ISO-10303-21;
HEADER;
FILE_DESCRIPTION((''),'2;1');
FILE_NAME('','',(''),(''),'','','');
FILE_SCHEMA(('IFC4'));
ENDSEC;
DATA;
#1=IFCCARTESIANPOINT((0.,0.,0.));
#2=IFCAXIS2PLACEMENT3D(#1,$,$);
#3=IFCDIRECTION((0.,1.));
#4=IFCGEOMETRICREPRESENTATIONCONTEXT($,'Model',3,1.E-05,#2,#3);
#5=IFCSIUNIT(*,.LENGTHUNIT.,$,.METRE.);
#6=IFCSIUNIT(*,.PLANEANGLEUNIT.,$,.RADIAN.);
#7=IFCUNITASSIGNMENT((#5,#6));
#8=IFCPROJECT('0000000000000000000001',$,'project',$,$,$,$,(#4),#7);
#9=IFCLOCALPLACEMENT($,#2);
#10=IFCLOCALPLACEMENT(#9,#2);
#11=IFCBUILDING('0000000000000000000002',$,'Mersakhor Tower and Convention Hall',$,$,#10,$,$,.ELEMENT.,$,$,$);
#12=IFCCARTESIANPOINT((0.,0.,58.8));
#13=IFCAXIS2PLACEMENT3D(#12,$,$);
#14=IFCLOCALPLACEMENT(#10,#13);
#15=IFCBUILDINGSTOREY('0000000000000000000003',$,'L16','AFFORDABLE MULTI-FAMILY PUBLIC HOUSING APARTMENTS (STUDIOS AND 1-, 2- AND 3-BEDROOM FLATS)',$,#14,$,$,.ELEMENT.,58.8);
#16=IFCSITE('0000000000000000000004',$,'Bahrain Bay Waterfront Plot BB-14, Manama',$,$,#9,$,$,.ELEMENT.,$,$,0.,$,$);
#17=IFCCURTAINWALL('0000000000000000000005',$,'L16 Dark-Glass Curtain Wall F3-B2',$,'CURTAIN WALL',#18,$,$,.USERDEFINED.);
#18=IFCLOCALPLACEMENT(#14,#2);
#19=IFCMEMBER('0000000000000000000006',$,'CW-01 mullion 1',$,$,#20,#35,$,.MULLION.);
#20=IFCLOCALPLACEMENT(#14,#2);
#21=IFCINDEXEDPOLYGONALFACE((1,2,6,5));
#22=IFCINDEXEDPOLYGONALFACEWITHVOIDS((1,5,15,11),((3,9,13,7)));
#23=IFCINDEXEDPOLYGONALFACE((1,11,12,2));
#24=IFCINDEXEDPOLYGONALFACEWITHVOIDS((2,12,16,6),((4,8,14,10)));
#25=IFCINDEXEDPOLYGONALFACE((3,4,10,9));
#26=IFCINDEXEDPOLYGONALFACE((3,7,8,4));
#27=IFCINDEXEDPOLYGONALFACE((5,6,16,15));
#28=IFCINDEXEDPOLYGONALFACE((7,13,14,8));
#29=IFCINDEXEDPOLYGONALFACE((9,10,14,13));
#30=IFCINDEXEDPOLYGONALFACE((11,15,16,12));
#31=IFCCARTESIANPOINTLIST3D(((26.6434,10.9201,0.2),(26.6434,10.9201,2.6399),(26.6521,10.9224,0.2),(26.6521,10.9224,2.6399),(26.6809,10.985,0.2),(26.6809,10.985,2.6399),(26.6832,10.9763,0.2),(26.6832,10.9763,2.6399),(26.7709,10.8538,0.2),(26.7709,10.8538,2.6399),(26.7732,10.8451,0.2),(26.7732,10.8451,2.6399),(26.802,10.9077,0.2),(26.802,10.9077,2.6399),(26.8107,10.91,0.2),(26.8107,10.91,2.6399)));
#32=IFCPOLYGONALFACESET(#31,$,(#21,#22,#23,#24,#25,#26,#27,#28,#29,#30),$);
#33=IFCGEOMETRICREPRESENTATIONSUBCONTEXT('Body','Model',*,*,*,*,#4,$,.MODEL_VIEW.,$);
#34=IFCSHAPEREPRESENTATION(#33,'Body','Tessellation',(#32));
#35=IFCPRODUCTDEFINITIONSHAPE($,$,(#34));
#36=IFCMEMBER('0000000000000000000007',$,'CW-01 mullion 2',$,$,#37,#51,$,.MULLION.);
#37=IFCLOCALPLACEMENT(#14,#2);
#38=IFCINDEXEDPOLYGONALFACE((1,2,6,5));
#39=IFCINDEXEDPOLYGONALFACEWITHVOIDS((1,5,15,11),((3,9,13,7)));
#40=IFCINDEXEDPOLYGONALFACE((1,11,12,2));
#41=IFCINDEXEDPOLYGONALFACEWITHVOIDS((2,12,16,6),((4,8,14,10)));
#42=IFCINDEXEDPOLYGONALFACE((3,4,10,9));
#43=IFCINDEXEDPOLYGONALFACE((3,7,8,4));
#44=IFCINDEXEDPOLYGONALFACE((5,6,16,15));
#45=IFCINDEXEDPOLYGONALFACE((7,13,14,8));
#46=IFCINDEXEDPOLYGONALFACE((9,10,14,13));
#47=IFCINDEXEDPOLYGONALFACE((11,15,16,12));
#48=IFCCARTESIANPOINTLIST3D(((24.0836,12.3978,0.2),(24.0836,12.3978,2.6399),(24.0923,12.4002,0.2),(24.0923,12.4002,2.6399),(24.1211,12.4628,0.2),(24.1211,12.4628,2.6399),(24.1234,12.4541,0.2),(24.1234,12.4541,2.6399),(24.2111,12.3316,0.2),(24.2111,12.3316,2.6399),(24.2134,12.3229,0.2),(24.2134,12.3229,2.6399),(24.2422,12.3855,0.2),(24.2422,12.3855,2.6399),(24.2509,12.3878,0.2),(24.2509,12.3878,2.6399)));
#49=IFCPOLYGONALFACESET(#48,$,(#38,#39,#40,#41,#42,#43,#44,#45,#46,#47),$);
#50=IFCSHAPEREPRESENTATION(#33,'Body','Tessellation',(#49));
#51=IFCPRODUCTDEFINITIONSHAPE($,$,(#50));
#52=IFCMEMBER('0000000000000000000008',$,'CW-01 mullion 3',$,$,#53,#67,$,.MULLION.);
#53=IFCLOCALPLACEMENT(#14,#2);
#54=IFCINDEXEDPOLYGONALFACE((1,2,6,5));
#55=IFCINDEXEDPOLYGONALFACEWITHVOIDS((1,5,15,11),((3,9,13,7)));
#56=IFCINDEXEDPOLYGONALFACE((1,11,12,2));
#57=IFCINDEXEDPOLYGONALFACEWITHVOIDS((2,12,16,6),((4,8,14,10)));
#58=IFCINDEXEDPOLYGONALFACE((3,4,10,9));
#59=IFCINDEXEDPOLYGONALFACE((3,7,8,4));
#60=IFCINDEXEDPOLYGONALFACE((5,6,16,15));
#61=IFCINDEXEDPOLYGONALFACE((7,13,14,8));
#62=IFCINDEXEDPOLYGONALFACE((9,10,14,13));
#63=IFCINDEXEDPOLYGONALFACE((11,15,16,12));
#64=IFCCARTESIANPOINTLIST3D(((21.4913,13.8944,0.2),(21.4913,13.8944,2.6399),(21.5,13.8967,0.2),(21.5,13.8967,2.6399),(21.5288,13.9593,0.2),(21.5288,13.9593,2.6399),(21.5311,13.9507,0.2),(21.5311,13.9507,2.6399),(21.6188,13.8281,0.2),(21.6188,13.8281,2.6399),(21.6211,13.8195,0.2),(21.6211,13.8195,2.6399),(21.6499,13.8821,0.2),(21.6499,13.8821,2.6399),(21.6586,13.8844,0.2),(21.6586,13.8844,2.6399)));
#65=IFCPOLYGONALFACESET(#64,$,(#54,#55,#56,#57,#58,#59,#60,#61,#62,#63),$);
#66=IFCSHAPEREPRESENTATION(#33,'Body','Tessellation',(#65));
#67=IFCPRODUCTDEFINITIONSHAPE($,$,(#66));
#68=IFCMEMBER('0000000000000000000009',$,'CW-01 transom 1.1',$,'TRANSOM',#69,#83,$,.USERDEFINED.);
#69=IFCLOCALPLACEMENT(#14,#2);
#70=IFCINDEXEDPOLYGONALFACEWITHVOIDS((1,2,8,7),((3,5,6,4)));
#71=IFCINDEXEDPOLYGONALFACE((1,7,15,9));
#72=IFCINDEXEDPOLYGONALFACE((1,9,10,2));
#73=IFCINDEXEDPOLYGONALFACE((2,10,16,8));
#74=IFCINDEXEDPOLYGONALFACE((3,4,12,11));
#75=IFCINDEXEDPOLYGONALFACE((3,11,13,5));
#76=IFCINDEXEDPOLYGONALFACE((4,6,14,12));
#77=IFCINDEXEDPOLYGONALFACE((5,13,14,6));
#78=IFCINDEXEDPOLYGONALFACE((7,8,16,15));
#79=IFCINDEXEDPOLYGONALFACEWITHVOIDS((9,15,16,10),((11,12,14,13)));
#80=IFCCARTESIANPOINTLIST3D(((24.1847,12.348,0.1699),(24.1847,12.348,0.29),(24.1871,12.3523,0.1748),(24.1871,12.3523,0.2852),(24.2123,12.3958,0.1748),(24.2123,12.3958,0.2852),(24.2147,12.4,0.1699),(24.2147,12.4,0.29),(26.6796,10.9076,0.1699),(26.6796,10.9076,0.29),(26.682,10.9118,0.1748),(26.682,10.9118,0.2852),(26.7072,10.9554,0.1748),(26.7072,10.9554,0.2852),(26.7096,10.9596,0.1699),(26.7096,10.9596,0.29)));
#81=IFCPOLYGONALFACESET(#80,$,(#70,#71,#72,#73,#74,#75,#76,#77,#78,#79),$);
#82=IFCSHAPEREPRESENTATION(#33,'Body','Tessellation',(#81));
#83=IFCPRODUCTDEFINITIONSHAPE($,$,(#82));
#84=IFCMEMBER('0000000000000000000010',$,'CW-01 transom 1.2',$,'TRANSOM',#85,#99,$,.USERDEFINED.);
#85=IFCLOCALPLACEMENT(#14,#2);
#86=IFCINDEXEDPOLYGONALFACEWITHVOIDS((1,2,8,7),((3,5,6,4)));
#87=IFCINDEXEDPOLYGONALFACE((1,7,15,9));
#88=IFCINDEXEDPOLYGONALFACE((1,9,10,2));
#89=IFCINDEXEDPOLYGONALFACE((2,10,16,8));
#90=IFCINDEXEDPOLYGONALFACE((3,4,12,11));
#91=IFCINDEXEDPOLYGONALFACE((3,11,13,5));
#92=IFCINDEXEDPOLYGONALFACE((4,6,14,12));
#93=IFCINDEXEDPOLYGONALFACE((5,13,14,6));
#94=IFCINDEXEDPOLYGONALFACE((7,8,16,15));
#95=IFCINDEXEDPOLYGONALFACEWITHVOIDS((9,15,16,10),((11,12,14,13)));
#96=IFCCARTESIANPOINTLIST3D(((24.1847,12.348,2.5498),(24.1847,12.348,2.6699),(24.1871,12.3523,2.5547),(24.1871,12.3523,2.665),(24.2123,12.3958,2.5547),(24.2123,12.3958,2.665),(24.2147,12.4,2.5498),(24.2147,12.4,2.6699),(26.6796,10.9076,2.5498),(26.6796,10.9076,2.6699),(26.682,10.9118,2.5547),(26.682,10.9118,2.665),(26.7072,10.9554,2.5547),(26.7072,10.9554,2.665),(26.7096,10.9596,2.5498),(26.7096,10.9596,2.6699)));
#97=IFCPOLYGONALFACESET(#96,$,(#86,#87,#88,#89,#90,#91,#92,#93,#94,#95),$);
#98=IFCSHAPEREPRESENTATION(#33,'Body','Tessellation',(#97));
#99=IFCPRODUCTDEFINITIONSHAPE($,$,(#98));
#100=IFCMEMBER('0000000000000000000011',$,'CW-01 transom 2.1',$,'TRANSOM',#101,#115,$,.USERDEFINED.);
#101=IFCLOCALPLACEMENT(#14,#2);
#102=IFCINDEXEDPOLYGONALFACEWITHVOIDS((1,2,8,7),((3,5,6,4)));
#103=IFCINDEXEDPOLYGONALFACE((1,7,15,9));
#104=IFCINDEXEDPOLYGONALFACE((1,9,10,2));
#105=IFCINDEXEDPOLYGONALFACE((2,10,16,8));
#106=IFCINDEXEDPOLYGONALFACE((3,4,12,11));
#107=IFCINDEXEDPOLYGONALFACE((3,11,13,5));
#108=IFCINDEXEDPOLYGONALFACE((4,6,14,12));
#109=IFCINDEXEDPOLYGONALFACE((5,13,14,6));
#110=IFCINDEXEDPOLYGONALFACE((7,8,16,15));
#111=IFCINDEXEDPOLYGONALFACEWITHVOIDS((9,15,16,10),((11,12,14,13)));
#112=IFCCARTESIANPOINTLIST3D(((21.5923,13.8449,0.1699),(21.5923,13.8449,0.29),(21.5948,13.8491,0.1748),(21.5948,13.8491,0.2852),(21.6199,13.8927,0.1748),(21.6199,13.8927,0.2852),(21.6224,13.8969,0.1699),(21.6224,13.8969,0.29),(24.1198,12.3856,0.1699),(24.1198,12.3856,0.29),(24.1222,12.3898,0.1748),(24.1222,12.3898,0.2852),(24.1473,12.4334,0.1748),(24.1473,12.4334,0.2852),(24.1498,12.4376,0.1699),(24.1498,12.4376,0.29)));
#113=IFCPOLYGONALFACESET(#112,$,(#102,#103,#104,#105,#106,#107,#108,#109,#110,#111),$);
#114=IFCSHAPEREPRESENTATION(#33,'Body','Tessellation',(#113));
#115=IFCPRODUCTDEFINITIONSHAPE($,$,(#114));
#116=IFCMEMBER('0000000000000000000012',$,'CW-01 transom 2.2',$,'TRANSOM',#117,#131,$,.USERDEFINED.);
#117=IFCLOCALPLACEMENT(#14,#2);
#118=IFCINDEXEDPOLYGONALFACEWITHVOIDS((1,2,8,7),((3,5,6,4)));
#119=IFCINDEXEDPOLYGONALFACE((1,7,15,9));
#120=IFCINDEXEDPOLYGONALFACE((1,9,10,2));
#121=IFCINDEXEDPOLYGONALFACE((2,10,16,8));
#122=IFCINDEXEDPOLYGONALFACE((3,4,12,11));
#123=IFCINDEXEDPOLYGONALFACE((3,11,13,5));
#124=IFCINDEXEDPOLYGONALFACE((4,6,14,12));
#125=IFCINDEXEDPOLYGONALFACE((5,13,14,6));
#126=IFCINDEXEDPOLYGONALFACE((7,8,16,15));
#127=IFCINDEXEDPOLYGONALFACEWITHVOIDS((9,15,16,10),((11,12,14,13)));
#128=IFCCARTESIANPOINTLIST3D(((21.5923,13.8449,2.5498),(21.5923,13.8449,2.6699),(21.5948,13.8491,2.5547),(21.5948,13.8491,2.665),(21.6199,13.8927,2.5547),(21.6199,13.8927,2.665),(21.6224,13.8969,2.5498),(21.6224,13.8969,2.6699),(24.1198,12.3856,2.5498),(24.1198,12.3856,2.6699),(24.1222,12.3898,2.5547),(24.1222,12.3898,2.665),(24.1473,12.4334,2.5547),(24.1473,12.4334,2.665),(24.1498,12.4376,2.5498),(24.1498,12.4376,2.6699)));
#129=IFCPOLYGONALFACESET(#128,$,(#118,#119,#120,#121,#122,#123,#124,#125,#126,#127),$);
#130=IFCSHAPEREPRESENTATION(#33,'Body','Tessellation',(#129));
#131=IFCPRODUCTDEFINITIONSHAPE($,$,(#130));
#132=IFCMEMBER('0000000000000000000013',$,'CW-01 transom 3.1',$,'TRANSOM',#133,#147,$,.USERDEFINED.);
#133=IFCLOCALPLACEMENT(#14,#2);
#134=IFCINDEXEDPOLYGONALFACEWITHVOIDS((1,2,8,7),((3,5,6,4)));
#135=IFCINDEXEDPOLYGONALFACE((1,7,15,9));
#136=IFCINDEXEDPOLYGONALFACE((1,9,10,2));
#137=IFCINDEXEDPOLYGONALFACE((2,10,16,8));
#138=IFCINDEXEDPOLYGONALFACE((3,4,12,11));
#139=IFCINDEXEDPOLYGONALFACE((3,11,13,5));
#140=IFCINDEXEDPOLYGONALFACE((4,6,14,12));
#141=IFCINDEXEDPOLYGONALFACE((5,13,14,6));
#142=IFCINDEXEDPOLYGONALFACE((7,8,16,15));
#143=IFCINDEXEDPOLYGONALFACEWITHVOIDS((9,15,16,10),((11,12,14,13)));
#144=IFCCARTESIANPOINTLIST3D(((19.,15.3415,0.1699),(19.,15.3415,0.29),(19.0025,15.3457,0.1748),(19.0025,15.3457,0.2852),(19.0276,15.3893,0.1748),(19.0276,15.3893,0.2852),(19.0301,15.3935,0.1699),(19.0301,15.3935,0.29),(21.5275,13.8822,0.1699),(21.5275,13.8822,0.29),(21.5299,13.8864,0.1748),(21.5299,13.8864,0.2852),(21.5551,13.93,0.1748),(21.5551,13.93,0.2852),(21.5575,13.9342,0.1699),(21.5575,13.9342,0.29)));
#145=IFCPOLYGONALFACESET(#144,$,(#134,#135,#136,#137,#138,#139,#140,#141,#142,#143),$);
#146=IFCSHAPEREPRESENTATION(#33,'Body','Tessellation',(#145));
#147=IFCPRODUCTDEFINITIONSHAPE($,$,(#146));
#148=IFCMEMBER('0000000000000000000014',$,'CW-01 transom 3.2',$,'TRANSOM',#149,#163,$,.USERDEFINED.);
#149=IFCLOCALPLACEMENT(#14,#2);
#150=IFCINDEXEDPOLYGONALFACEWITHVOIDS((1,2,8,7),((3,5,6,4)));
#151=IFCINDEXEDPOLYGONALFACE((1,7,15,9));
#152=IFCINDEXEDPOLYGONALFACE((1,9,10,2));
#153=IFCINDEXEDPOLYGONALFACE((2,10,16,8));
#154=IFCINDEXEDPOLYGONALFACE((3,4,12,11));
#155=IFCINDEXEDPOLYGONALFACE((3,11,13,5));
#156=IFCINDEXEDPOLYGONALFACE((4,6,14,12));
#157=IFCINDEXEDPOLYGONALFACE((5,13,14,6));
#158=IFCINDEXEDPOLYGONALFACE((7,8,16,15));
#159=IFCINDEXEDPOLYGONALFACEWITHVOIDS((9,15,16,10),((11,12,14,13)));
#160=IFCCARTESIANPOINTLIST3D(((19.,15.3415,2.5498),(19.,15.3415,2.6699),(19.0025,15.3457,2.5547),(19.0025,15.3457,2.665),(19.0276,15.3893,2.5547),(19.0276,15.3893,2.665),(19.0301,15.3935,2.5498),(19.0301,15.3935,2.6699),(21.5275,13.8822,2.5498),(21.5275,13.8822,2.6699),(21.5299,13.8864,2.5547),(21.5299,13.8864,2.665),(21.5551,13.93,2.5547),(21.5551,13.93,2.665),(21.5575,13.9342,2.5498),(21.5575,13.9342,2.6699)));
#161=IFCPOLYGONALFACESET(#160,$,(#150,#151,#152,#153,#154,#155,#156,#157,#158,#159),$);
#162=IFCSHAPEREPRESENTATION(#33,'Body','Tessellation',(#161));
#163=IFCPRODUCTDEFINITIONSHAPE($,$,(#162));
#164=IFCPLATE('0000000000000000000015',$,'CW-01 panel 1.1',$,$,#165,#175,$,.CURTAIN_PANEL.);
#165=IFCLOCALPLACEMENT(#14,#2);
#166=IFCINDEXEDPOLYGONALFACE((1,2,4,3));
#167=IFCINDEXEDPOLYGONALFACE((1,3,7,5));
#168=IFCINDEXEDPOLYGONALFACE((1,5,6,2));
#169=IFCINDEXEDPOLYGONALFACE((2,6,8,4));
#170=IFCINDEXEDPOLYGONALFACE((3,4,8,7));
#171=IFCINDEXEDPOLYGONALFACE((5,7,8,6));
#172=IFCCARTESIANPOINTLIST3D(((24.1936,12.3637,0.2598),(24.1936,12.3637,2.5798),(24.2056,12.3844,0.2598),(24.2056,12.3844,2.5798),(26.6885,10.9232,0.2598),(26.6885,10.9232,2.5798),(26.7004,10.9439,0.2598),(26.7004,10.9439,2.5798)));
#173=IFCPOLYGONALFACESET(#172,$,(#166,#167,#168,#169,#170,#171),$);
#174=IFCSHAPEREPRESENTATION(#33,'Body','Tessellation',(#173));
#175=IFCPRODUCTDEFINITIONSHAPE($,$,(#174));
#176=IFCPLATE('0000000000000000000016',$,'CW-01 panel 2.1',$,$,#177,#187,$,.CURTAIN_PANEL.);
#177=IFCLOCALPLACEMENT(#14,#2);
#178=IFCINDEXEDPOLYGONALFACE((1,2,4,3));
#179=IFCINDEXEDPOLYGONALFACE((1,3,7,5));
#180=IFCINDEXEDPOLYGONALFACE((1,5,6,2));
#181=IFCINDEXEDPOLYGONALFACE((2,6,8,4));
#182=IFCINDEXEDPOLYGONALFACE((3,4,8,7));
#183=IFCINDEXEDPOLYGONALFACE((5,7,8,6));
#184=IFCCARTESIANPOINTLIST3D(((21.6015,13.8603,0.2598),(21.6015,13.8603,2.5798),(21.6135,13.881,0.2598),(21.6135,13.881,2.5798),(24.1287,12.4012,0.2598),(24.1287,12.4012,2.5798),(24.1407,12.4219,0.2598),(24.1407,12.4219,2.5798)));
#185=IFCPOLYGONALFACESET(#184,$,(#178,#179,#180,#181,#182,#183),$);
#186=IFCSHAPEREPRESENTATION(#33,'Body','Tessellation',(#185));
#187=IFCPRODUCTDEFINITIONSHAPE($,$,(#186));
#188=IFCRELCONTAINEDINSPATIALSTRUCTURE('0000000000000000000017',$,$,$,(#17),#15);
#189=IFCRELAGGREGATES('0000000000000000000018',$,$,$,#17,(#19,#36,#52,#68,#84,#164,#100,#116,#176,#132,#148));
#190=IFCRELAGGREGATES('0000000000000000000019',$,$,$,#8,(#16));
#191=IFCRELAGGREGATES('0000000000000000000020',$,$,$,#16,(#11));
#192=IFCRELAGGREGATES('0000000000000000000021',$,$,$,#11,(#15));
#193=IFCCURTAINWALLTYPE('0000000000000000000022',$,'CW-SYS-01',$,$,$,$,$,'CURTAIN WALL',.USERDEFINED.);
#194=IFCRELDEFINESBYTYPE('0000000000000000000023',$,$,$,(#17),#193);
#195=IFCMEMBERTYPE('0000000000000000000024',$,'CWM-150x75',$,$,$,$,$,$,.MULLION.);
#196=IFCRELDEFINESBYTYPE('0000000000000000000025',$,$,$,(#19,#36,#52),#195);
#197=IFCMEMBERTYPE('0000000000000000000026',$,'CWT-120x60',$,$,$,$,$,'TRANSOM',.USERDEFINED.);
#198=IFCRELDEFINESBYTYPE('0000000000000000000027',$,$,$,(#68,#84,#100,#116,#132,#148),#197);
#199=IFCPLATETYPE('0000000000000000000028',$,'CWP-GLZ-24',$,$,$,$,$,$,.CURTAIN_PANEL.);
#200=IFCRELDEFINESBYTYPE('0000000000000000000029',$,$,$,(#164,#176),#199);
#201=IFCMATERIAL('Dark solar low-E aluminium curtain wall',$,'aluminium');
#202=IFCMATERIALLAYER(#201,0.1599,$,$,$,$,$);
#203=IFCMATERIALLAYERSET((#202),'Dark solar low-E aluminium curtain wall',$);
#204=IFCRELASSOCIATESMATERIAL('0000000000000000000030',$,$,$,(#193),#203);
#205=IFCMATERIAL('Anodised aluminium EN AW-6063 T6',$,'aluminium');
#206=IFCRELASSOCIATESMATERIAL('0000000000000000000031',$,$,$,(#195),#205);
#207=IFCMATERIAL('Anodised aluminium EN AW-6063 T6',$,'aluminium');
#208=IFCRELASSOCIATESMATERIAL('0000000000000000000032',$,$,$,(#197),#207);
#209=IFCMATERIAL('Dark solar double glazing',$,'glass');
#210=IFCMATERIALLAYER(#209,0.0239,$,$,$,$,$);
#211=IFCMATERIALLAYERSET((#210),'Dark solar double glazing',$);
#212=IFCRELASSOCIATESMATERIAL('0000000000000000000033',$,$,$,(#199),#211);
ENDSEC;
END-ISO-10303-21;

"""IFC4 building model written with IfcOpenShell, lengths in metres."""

from ifc_helpers import new_model, si_unit, direction, frame, origin, origin_2d, place, context, subcontext, project, spatial, rectangle, hollow_rectangle, extrude, material, layer, layer_set, material_profile, profile_set, type_object, element, aggregate, save


model = new_model("IFC4")

# Units and contexts
model_context = context("Model", 3, precision=1e-05, world=origin(), true_north=direction((0.0, 1.0)))
body_context = subcontext(model_context, "Body", "Model", "MODEL_VIEW")
ifc_project = project(units=[si_unit("LENGTHUNIT", "METRE"), si_unit("PLANEANGLEUNIT", "RADIAN")], contexts=[model_context])

# Site, building, storey
site_placement = place(None, origin())
site = spatial("IfcSite", under=ifc_project, at=site_placement, Name="Bahrain Bay Waterfront Plot BB-14, Manama", CompositionType="ELEMENT", RefElevation=0.0)
building_placement = place(site_placement, origin())
building = spatial("IfcBuilding", under=site, at=building_placement, Name="Mersakhor Tower and Convention Hall", CompositionType="ELEMENT")
storey_placement = place(building_placement, frame((0.0, 0.0, 58.8)))
storey = spatial("IfcBuildingStorey", under=building, at=storey_placement, Name="L16", Description="AFFORDABLE MULTI-FAMILY PUBLIC HOUSING APARTMENTS (STUDIOS AND 1-, 2- AND 3-BEDROOM FLATS)", CompositionType="ELEMENT", Elevation=58.8)

# Curtain wall, members, plates
ifc_material_1 = material(Name="Dark solar low-E aluminium curtain wall", Category="aluminium")
ifc_layer_1 = layer(ifc_material_1, 0.1599)
ifc_layer_set_1 = layer_set([ifc_layer_1], Name="Dark solar low-E aluminium curtain wall")
curtain_wall_type = type_object("IfcCurtainWallType", Name="CW-SYS-01", ElementType="CURTAIN WALL", PredefinedType="USERDEFINED", material=ifc_layer_set_1)
curtain_wall_placement = place(storey_placement, origin())
curtain_wall = element("IfcCurtainWall", 1, at=curtain_wall_placement, inside=storey, type_object=curtain_wall_type, Name="L16 Dark-Glass Curtain Wall F3-B2", ObjectType="CURTAIN WALL", PredefinedType="USERDEFINED")
ifc_material_2 = material(Name="Anodised aluminium EN AW-6063 T6", Category="aluminium")
ifc_material_profile_1 = material_profile(ifc_material_2, hollow_rectangle(XDim=0.075, YDim=0.1499, WallThickness=0.0063, at=origin_2d()), Name="RHS 150x75x6.3")
ifc_profile_set_1 = profile_set([ifc_material_profile_1], Name="Anodised aluminium EN AW-6063 T6")
member_type_1 = type_object("IfcMemberType", Name="CWM-150x75", PredefinedType="MULLION", material=ifc_profile_set_1)
member_1_placement = place(storey_placement, frame((26.7271, 10.915, 0.2), z_axis=(0.0, 0.0, 1.0), x_axis=(-0.500003, -0.866023, 0.0)))
member_1 = element("IfcMember", 2, at=member_1_placement, type_object=member_type_1, Name="CW-01 mullion 1", PredefinedType="MULLION", context=body_context, shape_type="SweptSolid", body=[
    extrude(hollow_rectangle(XDim=0.075, YDim=0.1499, WallThickness=0.0063, at=origin_2d()), origin(), (0.0, 0.0, 1.0), 2.4399),
])
member_2_placement = place(storey_placement, frame((24.1672, 12.3928, 0.2), z_axis=(0.0, 0.0, 1.0), x_axis=(-0.500003, -0.866023, 0.0)))
member_2 = element("IfcMember", 3, at=member_2_placement, type_object=member_type_1, Name="CW-01 mullion 2", PredefinedType="MULLION", context=body_context, shape_type="SweptSolid", body=[
    extrude(hollow_rectangle(XDim=0.075, YDim=0.1499, WallThickness=0.0063, at=origin_2d()), origin(), (0.0, 0.0, 1.0), 2.4399),
])
member_3_placement = place(storey_placement, frame((21.575, 13.8894, 0.2), z_axis=(0.0, 0.0, 1.0), x_axis=(-0.500003, -0.866023, 0.0)))
member_3 = element("IfcMember", 4, at=member_3_placement, type_object=member_type_1, Name="CW-01 mullion 3", PredefinedType="MULLION", context=body_context, shape_type="SweptSolid", body=[
    extrude(hollow_rectangle(XDim=0.075, YDim=0.1499, WallThickness=0.0063, at=origin_2d()), origin(), (0.0, 0.0, 1.0), 2.4399),
])
ifc_material_3 = material(Name="Anodised aluminium EN AW-6063 T6", Category="aluminium")
ifc_material_profile_2 = material_profile(ifc_material_3, hollow_rectangle(XDim=0.0601, YDim=0.1201, WallThickness=0.0049, at=origin_2d()), Name="RHS 120x60x5")
ifc_profile_set_2 = profile_set([ifc_material_profile_2], Name="Anodised aluminium EN AW-6063 T6")
member_type_2 = type_object("IfcMemberType", Name="CWT-120x60", ElementType="TRANSOM", PredefinedType="USERDEFINED", material=ifc_profile_set_2)
member_4_placement = place(storey_placement, frame((26.6946, 10.9336, 0.23), z_axis=(-0.866023, 0.500004, 0.0), x_axis=(-0.500004, -0.866023, 0.0)))
member_4 = element("IfcMember", 5, at=member_4_placement, type_object=member_type_2, Name="CW-01 transom 1.1", ObjectType="TRANSOM", PredefinedType="USERDEFINED", context=body_context, shape_type="SweptSolid", body=[
    extrude(hollow_rectangle(XDim=0.0601, YDim=0.1201, WallThickness=0.0049, at=origin_2d()), origin(), (0.0, 0.0, 1.0), 2.8809),
])
member_5_placement = place(storey_placement, frame((26.6946, 10.9336, 2.6099), z_axis=(-0.866023, 0.500004, 0.0), x_axis=(-0.500004, -0.866023, 0.0)))
member_5 = element("IfcMember", 6, at=member_5_placement, type_object=member_type_2, Name="CW-01 transom 1.2", ObjectType="TRANSOM", PredefinedType="USERDEFINED", context=body_context, shape_type="SweptSolid", body=[
    extrude(hollow_rectangle(XDim=0.0601, YDim=0.1201, WallThickness=0.0049, at=origin_2d()), origin(), (0.0, 0.0, 1.0), 2.8809),
])
member_6_placement = place(storey_placement, frame((24.1348, 12.4116, 0.23), z_axis=(-0.866016, 0.500017, 0.0), x_axis=(-0.500017, -0.866016, 0.0)))
member_6 = element("IfcMember", 7, at=member_6_placement, type_object=member_type_2, Name="CW-01 transom 2.1", ObjectType="TRANSOM", PredefinedType="USERDEFINED", context=body_context, shape_type="SweptSolid", body=[
    extrude(hollow_rectangle(XDim=0.0601, YDim=0.1201, WallThickness=0.0049, at=origin_2d()), origin(), (0.0, 0.0, 1.0), 2.9185),
])
member_7_placement = place(storey_placement, frame((24.1348, 12.4116, 2.6099), z_axis=(-0.866016, 0.500017, 0.0), x_axis=(-0.500017, -0.866016, 0.0)))
member_7 = element("IfcMember", 8, at=member_7_placement, type_object=member_type_2, Name="CW-01 transom 2.2", ObjectType="TRANSOM", PredefinedType="USERDEFINED", context=body_context, shape_type="SweptSolid", body=[
    extrude(hollow_rectangle(XDim=0.0601, YDim=0.1201, WallThickness=0.0049, at=origin_2d()), origin(), (0.0, 0.0, 1.0), 2.9185),
])
member_8_placement = place(storey_placement, frame((21.5425, 13.9082, 0.23), z_axis=(-0.866016, 0.500017, 0.0), x_axis=(-0.500017, -0.866016, 0.0)))
member_8 = element("IfcMember", 9, at=member_8_placement, type_object=member_type_2, Name="CW-01 transom 3.1", ObjectType="TRANSOM", PredefinedType="USERDEFINED", context=body_context, shape_type="SweptSolid", body=[
    extrude(hollow_rectangle(XDim=0.0601, YDim=0.1201, WallThickness=0.0049, at=origin_2d()), origin(), (0.0, 0.0, 1.0), 2.9185),
])
member_9_placement = place(storey_placement, frame((21.5425, 13.9082, 2.6099), z_axis=(-0.866016, 0.500017, 0.0), x_axis=(-0.500017, -0.866016, 0.0)))
member_9 = element("IfcMember", 10, at=member_9_placement, type_object=member_type_2, Name="CW-01 transom 3.2", ObjectType="TRANSOM", PredefinedType="USERDEFINED", context=body_context, shape_type="SweptSolid", body=[
    extrude(hollow_rectangle(XDim=0.0601, YDim=0.1201, WallThickness=0.0049, at=origin_2d()), origin(), (0.0, 0.0, 1.0), 2.9185),
])
ifc_material_4 = material(Name="Dark solar double glazing", Category="glass")
ifc_layer_2 = layer(ifc_material_4, 0.0239)
ifc_layer_set_2 = layer_set([ifc_layer_2], Name="Dark solar double glazing")
plate_type_1 = type_object("IfcPlateType", Name="CWP-GLZ-24", PredefinedType="CURTAIN_PANEL", material=ifc_layer_set_2)
plate_1_placement = place(storey_placement, frame((25.447, 11.6538, 0.2598), z_axis=(0.0, 0.0, 1.0), x_axis=(-0.866023, 0.500003, 0.0)))
plate_1 = element("IfcPlate", 11, at=plate_1_placement, type_object=plate_type_1, Name="CW-01 panel 1.1", PredefinedType="CURTAIN_PANEL", context=body_context, shape_type="SweptSolid", body=[
    extrude(rectangle(XDim=2.8809, YDim=0.0239, at=origin_2d()), origin(), (0.0, 0.0, 1.0), 2.3201),
])
plate_2_placement = place(storey_placement, frame((22.8711, 13.1411, 0.2598), z_axis=(0.0, 0.0, 1.0), x_axis=(-0.866023, 0.500003, 0.0)))
plate_2 = element("IfcPlate", 12, at=plate_2_placement, type_object=plate_type_1, Name="CW-01 panel 2.1", PredefinedType="CURTAIN_PANEL", context=body_context, shape_type="SweptSolid", body=[
    extrude(rectangle(XDim=2.9182, YDim=0.0239, at=origin_2d()), origin(), (0.0, 0.0, 1.0), 2.3201),
])
aggregate(curtain_wall, [member_1, member_2, member_3, member_4, member_5, plate_1, member_6, member_7, plate_2, member_8, member_9])

save(model, "model.ifc")
